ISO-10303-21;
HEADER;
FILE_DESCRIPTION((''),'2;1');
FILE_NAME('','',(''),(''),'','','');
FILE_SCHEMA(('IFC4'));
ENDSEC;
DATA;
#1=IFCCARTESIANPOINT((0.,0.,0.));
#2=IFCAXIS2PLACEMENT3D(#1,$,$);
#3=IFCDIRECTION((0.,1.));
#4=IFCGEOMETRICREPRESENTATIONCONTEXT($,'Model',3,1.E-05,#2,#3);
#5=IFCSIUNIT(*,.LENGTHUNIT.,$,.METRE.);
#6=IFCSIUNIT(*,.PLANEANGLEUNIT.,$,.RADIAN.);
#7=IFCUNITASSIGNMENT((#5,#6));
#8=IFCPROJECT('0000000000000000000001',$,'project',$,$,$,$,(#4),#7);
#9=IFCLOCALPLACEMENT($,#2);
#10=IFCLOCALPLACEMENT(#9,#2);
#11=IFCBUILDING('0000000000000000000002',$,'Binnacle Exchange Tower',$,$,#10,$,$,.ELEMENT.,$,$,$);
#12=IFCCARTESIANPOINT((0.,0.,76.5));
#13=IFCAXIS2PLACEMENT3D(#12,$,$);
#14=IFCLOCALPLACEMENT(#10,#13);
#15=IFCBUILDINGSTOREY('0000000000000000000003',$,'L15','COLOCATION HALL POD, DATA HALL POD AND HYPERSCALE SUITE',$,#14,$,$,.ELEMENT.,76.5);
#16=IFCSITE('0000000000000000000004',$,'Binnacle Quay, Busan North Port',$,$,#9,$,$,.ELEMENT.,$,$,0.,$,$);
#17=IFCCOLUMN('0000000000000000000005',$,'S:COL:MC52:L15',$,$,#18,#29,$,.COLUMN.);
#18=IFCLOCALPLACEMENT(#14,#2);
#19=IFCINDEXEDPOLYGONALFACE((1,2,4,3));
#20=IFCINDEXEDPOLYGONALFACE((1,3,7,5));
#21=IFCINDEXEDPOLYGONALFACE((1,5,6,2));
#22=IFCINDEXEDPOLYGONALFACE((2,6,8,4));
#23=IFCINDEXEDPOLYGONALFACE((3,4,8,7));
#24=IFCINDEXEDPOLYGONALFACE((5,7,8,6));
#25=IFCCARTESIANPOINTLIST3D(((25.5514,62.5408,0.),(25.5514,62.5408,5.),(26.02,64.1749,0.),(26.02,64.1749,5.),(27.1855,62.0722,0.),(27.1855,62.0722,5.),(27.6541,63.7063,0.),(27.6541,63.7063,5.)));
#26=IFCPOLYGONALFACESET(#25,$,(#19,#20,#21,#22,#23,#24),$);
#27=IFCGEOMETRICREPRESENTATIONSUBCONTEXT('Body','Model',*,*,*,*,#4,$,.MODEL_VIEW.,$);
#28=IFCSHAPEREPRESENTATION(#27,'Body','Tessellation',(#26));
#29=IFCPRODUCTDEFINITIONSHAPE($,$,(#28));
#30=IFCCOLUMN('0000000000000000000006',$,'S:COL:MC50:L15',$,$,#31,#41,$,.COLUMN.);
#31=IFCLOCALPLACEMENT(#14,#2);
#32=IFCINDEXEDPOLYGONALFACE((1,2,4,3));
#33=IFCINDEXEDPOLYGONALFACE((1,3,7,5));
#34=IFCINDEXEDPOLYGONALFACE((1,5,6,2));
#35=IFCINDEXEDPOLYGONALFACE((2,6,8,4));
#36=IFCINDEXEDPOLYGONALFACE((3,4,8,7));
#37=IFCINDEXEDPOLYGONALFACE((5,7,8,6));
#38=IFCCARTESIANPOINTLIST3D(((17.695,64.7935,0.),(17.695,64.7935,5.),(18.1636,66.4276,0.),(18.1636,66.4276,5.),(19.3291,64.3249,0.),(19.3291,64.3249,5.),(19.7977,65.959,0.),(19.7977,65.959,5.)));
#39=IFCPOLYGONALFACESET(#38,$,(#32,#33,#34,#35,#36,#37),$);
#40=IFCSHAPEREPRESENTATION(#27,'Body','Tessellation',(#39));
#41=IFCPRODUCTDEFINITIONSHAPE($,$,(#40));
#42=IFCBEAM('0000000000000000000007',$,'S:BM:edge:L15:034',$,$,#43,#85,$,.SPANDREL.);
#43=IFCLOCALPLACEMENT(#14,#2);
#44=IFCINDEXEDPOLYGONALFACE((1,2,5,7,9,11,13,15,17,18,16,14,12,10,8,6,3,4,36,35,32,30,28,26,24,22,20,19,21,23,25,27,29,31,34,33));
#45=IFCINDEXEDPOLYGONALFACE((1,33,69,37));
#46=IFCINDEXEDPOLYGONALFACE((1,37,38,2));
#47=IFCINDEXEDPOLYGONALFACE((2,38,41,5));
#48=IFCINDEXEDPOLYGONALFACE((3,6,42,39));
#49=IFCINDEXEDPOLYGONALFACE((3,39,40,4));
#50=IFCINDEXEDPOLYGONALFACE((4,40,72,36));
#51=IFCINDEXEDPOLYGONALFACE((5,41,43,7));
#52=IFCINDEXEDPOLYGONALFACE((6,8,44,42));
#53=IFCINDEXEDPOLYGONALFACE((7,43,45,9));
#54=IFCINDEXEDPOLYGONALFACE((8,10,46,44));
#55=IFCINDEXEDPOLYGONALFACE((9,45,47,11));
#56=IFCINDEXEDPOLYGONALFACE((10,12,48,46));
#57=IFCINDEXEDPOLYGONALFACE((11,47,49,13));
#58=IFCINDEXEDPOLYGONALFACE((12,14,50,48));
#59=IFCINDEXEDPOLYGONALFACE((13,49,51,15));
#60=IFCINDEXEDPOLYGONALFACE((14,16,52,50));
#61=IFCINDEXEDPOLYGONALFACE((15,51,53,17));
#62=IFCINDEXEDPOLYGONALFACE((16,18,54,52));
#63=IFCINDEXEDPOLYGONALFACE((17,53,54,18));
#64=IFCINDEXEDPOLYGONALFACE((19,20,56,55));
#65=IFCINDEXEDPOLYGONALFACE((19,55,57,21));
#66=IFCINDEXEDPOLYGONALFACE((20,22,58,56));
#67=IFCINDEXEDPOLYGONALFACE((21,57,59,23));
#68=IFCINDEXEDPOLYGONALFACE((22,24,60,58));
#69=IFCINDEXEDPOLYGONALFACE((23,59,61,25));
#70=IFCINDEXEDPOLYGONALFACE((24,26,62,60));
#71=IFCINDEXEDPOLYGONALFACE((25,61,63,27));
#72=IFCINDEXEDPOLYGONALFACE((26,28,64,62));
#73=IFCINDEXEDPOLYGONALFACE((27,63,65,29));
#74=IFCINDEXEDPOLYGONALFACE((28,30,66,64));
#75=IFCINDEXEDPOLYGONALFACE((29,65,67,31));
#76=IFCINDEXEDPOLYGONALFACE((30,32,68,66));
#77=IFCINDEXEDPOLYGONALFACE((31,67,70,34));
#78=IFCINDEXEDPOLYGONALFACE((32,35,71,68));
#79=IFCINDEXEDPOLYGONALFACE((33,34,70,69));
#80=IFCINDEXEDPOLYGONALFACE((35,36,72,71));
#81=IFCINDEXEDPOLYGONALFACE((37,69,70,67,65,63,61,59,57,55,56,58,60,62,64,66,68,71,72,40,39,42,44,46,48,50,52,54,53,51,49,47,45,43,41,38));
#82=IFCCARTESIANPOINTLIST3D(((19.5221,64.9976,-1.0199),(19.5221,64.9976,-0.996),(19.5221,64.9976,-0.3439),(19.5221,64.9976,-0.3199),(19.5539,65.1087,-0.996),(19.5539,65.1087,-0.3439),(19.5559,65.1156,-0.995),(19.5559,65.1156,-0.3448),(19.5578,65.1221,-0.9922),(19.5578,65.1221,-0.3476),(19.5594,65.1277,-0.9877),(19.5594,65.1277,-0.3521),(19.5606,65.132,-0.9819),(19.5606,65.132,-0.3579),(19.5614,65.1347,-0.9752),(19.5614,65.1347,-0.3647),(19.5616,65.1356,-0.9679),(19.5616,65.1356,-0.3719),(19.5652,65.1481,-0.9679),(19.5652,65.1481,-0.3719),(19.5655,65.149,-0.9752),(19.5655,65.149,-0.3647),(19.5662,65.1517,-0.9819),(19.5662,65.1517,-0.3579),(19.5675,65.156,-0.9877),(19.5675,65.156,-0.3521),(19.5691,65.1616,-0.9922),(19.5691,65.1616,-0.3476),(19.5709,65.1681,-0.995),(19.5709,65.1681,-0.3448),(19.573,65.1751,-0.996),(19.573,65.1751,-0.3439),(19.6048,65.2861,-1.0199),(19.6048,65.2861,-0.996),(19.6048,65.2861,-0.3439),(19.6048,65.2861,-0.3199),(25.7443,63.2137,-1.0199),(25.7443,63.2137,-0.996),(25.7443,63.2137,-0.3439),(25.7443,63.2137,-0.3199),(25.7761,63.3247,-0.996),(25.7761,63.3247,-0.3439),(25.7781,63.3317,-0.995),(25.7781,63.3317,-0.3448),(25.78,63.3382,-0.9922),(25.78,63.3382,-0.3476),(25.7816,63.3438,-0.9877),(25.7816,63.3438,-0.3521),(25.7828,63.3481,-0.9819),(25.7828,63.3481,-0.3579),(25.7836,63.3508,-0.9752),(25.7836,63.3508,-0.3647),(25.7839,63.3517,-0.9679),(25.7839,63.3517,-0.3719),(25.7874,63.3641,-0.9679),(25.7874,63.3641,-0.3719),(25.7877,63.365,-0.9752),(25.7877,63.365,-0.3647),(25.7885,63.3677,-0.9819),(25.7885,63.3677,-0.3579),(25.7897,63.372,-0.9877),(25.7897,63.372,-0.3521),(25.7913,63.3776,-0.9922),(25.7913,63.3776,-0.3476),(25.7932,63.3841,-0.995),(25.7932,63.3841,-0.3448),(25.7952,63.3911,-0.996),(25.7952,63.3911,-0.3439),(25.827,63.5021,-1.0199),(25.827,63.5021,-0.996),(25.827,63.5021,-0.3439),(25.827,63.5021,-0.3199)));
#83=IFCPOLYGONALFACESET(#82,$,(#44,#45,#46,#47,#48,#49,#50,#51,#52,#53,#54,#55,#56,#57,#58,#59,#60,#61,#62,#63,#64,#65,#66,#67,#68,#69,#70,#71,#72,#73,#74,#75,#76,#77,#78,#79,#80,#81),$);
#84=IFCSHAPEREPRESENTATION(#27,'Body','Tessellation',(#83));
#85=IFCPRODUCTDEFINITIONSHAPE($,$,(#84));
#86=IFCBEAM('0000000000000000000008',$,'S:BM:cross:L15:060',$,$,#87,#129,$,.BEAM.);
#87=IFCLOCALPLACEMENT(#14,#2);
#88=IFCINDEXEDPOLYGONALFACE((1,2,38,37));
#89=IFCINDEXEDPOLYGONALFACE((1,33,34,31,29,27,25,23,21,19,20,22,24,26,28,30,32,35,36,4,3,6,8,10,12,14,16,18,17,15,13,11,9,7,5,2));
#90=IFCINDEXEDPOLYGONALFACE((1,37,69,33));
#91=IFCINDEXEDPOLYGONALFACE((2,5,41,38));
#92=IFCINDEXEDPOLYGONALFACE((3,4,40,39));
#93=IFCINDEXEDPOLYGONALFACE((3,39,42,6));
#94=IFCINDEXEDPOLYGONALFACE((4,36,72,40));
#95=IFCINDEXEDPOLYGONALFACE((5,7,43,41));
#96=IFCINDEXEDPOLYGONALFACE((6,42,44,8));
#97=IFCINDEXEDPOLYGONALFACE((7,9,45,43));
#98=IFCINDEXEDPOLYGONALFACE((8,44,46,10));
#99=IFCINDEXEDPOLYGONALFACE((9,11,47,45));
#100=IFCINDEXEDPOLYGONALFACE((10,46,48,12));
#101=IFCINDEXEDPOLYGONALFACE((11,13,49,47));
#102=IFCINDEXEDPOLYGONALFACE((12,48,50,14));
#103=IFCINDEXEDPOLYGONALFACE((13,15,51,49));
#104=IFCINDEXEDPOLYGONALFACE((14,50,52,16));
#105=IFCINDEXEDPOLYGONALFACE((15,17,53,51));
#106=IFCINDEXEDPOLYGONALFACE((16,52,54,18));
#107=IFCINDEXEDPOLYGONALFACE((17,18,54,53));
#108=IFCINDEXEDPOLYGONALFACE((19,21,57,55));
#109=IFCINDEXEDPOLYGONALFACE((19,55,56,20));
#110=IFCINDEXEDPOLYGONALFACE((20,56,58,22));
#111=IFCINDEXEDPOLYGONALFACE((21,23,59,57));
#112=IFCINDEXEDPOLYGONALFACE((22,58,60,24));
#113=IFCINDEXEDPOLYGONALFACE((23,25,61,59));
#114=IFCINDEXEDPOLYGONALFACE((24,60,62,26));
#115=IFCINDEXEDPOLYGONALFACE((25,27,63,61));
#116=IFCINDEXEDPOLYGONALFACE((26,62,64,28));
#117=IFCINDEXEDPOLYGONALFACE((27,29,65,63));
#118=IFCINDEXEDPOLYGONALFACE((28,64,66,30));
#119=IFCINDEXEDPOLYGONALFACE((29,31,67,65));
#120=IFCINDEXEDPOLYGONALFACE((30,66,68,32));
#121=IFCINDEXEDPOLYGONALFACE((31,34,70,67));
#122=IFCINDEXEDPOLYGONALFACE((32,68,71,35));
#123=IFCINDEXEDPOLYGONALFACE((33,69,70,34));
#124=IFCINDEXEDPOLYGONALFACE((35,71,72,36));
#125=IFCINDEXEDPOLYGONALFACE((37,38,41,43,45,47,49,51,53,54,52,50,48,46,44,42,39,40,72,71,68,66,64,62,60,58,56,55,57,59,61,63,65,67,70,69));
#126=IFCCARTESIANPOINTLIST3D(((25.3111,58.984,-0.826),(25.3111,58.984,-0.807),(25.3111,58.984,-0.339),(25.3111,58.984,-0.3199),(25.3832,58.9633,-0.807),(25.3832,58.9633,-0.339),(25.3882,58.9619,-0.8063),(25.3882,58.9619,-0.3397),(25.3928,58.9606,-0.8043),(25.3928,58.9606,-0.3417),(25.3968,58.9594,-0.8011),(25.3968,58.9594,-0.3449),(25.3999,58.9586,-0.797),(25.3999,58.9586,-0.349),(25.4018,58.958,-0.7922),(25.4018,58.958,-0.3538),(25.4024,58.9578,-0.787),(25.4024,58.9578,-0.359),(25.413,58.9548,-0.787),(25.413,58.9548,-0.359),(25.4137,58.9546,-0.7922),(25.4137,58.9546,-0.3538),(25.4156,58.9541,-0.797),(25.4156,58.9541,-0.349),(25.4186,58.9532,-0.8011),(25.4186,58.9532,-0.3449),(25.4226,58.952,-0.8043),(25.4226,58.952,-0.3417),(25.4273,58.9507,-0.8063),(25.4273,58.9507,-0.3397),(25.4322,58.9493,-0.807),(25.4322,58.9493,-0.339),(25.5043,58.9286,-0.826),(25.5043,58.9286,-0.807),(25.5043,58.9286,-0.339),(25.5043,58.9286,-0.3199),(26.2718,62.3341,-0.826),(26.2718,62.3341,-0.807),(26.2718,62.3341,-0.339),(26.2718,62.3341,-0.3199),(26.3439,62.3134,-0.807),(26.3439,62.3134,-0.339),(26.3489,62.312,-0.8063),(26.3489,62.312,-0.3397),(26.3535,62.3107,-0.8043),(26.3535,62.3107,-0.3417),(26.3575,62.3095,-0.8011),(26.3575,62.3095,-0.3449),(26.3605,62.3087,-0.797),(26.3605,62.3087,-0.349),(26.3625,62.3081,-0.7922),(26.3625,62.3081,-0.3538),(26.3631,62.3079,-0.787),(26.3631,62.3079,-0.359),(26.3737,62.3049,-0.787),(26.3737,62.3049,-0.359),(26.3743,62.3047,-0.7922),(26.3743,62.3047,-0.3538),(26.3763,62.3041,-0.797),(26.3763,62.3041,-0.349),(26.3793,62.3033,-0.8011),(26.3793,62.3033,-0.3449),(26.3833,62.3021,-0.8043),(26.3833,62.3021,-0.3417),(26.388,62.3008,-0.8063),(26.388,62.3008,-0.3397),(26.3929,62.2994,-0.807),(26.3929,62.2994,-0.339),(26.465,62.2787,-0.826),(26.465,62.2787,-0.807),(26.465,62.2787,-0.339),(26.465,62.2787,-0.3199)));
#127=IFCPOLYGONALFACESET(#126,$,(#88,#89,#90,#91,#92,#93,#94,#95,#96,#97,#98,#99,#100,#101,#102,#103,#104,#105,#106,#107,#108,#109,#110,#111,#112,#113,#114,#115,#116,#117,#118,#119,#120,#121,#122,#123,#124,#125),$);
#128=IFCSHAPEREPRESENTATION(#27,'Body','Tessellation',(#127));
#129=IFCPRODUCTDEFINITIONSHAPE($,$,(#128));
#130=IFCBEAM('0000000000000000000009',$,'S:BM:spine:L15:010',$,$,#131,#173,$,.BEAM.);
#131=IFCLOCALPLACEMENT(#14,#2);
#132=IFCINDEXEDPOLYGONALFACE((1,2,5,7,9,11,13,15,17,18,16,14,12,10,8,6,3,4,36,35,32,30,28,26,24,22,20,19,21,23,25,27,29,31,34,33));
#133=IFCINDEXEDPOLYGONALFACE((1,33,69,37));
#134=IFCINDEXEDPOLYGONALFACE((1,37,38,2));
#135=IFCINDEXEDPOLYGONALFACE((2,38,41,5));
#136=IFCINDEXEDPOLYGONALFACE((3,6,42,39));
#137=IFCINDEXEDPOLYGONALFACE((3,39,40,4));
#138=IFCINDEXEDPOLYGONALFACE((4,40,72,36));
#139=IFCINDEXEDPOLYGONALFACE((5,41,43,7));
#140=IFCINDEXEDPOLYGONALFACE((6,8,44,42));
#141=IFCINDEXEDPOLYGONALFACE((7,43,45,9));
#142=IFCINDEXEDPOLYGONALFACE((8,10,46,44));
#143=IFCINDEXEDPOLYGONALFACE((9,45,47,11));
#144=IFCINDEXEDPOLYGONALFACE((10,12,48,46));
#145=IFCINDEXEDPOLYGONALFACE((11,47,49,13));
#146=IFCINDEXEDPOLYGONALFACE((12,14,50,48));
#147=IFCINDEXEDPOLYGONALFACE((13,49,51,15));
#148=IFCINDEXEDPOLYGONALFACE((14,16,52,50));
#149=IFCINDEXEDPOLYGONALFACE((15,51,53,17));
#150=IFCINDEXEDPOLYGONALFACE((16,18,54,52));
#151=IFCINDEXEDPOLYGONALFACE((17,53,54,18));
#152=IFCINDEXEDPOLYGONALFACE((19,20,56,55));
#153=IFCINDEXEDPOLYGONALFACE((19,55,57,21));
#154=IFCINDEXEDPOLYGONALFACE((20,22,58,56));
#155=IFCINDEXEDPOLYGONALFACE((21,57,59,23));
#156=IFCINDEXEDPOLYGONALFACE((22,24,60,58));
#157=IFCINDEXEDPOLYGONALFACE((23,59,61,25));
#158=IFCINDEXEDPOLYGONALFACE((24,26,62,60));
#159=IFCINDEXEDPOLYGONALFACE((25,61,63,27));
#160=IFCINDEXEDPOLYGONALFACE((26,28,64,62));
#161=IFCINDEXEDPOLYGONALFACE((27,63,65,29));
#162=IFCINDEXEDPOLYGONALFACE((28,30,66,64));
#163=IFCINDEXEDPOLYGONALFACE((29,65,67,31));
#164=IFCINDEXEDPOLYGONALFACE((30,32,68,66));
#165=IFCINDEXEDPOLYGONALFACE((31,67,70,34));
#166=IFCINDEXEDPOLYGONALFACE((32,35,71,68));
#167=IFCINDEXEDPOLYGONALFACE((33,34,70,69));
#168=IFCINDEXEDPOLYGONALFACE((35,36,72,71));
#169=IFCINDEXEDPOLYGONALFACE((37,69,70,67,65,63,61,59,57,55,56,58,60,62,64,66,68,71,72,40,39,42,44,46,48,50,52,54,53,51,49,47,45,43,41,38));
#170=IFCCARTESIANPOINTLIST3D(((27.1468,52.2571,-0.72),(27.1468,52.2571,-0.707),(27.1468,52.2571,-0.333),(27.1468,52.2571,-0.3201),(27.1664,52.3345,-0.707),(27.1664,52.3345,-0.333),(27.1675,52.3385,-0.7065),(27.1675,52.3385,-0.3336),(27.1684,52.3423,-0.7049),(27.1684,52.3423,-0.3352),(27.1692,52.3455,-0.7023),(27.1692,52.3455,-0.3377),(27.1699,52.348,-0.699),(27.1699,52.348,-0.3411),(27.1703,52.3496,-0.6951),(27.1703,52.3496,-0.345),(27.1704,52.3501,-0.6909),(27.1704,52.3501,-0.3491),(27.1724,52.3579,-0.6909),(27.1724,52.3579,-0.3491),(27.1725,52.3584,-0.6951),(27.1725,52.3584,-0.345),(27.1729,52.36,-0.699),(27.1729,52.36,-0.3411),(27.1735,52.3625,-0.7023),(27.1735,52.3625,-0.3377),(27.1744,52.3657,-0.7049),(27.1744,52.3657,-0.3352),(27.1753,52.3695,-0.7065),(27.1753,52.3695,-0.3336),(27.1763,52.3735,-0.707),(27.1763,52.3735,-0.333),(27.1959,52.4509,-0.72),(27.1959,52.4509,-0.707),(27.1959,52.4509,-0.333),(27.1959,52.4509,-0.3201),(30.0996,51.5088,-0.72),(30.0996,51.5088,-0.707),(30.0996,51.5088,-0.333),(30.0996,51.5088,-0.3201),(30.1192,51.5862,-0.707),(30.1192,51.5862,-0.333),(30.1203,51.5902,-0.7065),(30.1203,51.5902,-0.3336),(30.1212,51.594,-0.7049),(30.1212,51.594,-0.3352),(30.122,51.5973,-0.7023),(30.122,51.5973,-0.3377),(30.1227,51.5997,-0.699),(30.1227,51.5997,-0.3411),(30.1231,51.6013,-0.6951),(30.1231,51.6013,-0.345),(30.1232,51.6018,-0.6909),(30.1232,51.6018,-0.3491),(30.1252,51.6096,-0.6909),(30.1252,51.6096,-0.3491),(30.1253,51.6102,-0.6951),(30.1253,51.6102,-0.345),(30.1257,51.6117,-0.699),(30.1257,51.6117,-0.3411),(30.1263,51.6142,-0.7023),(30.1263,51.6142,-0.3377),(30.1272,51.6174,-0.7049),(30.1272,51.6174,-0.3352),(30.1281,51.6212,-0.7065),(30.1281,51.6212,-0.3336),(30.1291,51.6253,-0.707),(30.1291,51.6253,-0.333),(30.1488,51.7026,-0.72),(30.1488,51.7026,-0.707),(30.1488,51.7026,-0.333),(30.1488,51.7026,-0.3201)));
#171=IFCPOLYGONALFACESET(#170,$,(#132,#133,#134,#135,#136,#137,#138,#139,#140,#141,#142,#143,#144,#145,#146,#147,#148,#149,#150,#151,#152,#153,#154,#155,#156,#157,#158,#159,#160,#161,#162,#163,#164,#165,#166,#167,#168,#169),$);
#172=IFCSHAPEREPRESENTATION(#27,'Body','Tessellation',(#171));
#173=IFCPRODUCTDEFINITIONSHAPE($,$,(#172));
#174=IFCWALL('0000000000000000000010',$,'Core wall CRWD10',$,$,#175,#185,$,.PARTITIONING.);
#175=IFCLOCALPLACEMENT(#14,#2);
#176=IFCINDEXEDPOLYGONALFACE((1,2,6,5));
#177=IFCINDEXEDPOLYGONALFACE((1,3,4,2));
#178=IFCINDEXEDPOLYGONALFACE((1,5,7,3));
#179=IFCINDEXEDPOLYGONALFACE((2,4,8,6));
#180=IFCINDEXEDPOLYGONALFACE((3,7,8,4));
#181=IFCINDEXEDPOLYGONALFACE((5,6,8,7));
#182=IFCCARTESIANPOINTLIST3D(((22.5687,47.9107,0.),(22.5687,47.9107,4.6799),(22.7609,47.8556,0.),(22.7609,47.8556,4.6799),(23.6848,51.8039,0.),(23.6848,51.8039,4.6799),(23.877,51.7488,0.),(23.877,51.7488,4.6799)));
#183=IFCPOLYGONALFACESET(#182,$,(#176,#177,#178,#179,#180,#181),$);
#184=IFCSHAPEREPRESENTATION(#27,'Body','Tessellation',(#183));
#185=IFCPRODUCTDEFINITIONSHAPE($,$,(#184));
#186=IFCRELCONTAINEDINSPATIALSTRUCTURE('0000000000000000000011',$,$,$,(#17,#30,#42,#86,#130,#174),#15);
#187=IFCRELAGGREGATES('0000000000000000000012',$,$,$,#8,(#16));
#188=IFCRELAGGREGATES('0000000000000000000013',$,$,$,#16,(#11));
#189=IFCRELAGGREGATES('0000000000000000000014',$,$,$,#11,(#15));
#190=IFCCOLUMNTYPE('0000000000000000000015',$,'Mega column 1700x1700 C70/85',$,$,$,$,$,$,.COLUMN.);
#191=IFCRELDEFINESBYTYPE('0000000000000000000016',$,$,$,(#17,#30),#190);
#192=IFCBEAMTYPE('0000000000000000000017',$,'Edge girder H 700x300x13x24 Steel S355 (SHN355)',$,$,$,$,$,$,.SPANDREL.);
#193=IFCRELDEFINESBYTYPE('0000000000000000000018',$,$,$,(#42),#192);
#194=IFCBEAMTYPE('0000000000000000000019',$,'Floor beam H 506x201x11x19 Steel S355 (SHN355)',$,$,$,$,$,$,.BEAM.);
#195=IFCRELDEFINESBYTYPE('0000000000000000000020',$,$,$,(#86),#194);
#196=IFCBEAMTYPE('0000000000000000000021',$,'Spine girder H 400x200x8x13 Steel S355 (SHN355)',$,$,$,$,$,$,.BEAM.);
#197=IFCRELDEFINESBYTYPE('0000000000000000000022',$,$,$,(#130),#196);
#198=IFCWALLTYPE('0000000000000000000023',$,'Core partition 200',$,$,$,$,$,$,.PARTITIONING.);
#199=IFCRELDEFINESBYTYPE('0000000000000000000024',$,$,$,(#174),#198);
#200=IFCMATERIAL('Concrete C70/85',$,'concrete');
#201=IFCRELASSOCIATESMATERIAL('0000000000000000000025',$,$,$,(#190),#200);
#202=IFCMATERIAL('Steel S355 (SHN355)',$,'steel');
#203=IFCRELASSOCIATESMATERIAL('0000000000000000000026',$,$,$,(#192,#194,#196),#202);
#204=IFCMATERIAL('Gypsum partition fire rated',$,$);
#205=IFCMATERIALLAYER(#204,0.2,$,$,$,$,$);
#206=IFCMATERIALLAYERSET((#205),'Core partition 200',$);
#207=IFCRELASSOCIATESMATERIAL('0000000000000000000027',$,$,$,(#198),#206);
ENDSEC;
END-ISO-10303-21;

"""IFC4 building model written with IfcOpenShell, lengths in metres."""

from ifc_helpers import new_model, si_unit, direction, frame, frame_2d, origin, origin_2d, place, context, subcontext, project, spatial, rectangle, i_section, extrude, material, layer, layer_set, material_profile, profile_set, type_object, element, save


model = new_model("IFC4")

# Units and contexts
model_context = context("Model", 3, precision=1e-05, world=origin(), true_north=direction((0.0, 1.0)))
body_context = subcontext(model_context, "Body", "Model", "MODEL_VIEW")
ifc_project = project(units=[si_unit("LENGTHUNIT", "METRE"), si_unit("PLANEANGLEUNIT", "RADIAN")], contexts=[model_context])

# Site, building, storey
site_placement = place(None, origin())
site = spatial("IfcSite", under=ifc_project, at=site_placement, Name="Binnacle Quay, Busan North Port", CompositionType="ELEMENT", RefElevation=0.0)
building_placement = place(site_placement, origin())
building = spatial("IfcBuilding", under=site, at=building_placement, Name="Binnacle Exchange Tower", CompositionType="ELEMENT")
storey_placement = place(building_placement, frame((0.0, 0.0, 76.5)))
storey = spatial("IfcBuildingStorey", under=building, at=storey_placement, Name="L15", Description="COLOCATION HALL POD, DATA HALL POD AND HYPERSCALE SUITE", CompositionType="ELEMENT", Elevation=76.5)

# Columns
ifc_material_1 = material(Name="Concrete C70/85", Category="concrete")
ifc_material_profile_1 = material_profile(ifc_material_1, rectangle(XDim=1.7, YDim=1.7, at=origin_2d()), Name="Mega column 1700x1700 C70/85")
ifc_profile_set_1 = profile_set([ifc_material_profile_1], Name="Concrete C70/85")
column_type = type_object("IfcColumnType", Name="Mega column 1700x1700 C70/85", PredefinedType="COLUMN", material=ifc_profile_set_1)
for number, where, z_axis, x_axis, name in (
    (1, (26.6028, 63.1235, 0.0), (0.0, 0.0, 1.0), (-0.961262, 0.275637, 0.0), "S:COL:MC52:L15"),
    (2, (18.7463, 65.3762, 0.0), (0.0, 0.0, 1.0), (-0.961262, 0.275637, 0.0), "S:COL:MC50:L15"),
):
    element("IfcColumn", number, at=place(storey_placement, frame(where, z_axis=z_axis, x_axis=x_axis)), inside=storey, type_object=column_type, Name=name, PredefinedType="COLUMN", context=body_context, shape_type="SweptSolid", body=[
        extrude(rectangle(XDim=1.7, YDim=1.7, at=origin_2d()), origin(), (0.0, 0.0, 1.0), 5.0),
    ])

# Beams
ifc_material_2 = material(Name="Steel S355 (SHN355)", Category="steel")
ifc_material_profile_2 = material_profile(ifc_material_2, i_section(OverallWidth=0.3, OverallDepth=0.7, WebThickness=0.0129, FlangeThickness=0.0239, FilletRadius=0.0281, at=origin_2d()), Name="H 700x300x13x24")
ifc_profile_set_2 = profile_set([ifc_material_profile_2], Name="Steel S355 (SHN355)")
beam_type_1 = type_object("IfcBeamType", Name="Edge girder H 700x300x13x24 Steel S355 (SHN355)", PredefinedType="SPANDREL", material=ifc_profile_set_2)
beam_1_placement = place(storey_placement, frame((25.7856, 63.3579, -0.6699), z_axis=(-0.961272, 0.275603, 0.0), x_axis=(-0.275603, -0.961272, 0.0)))
element("IfcBeam", 3, at=beam_1_placement, inside=storey, type_object=beam_type_1, Name="S:BM:edge:L15:034", PredefinedType="SPANDREL", context=body_context, shape_type="SweptSolid", body=[
    extrude(i_section(OverallWidth=0.3, OverallDepth=0.7, WebThickness=0.0129, FlangeThickness=0.0239, FilletRadius=0.0281, at=origin_2d()), origin(), (0.0, 0.0, 1.0), 6.4729),
])
ifc_material_profile_3 = material_profile(ifc_material_2, i_section(OverallWidth=0.2009, OverallDepth=0.5061, WebThickness=0.011, FlangeThickness=0.019, FilletRadius=0.02, at=origin_2d()), Name="H 506x201x11x19")
ifc_profile_set_3 = profile_set([ifc_material_profile_3], Name="Steel S355 (SHN355)")
beam_type_2 = type_object("IfcBeamType", Name="Floor beam H 506x201x11x19 Steel S355 (SHN355)", PredefinedType="BEAM", material=ifc_profile_set_3)
beam_2_placement = place(storey_placement, frame((26.3684, 62.3064, -0.573), z_axis=(-0.275655, -0.961257, 0.0), x_axis=(0.961257, -0.275655, 0.0)))
element("IfcBeam", 4, at=beam_2_placement, inside=storey, type_object=beam_type_2, Name="S:BM:cross:L15:060", PredefinedType="BEAM", context=body_context, shape_type="SweptSolid", body=[
    extrude(i_section(OverallWidth=0.2009, OverallDepth=0.5061, WebThickness=0.011, FlangeThickness=0.019, FilletRadius=0.02, at=origin_2d()), origin(), (0.0, 0.0, 1.0), 3.4851),
])
ifc_material_profile_4 = material_profile(ifc_material_2, i_section(OverallWidth=0.2, OverallDepth=0.3999, WebThickness=0.0081, FlangeThickness=0.0129, FilletRadius=0.0161, at=origin_2d()), Name="H 400x200x8x13")
ifc_profile_set_4 = profile_set([ifc_material_profile_4], Name="Steel S355 (SHN355)")
beam_type_3 = type_object("IfcBeamType", Name="Spine girder H 400x200x8x13 Steel S355 (SHN355)", PredefinedType="BEAM", material=ifc_profile_set_4)
beam_3_placement = place(storey_placement, frame((27.1714, 52.354, -0.52), z_axis=(0.96936, -0.245646, 0.0), x_axis=(0.245646, 0.96936, 0.0)))
element("IfcBeam", 5, at=beam_3_placement, inside=storey, type_object=beam_type_3, Name="S:BM:spine:L15:010", PredefinedType="BEAM", context=body_context, shape_type="SweptSolid", body=[
    extrude(i_section(OverallWidth=0.2, OverallDepth=0.3999, WebThickness=0.0081, FlangeThickness=0.0129, FilletRadius=0.0161, at=origin_2d()), origin(), (0.0, 0.0, 1.0), 3.0461),
])

# Wall
ifc_material_3 = material(Name="Gypsum partition fire rated")
ifc_layer_1 = layer(ifc_material_3, 0.2)
ifc_layer_set_1 = layer_set([ifc_layer_1], Name="Core partition 200")
wall_type_1 = type_object("IfcWallType", Name="Core partition 200", PredefinedType="PARTITIONING", material=ifc_layer_set_1)
wall_1_placement = place(storey_placement, frame((22.6648, 47.8833, 0.0), z_axis=(0.0, 0.0, 1.0), x_axis=(0.275597, 0.961273, 0.0)))
element("IfcWall", 6, at=wall_1_placement, inside=storey, type_object=wall_type_1, Name="Core wall CRWD10", PredefinedType="PARTITIONING", context=body_context, shape_type="SweptSolid", body=[
    extrude(rectangle(XDim=4.05, YDim=0.2, at=frame_2d((2.0249, 0.0))), origin(), (0.0, 0.0, 1.0), 4.6799),
])

save(model, "model.ifc")
